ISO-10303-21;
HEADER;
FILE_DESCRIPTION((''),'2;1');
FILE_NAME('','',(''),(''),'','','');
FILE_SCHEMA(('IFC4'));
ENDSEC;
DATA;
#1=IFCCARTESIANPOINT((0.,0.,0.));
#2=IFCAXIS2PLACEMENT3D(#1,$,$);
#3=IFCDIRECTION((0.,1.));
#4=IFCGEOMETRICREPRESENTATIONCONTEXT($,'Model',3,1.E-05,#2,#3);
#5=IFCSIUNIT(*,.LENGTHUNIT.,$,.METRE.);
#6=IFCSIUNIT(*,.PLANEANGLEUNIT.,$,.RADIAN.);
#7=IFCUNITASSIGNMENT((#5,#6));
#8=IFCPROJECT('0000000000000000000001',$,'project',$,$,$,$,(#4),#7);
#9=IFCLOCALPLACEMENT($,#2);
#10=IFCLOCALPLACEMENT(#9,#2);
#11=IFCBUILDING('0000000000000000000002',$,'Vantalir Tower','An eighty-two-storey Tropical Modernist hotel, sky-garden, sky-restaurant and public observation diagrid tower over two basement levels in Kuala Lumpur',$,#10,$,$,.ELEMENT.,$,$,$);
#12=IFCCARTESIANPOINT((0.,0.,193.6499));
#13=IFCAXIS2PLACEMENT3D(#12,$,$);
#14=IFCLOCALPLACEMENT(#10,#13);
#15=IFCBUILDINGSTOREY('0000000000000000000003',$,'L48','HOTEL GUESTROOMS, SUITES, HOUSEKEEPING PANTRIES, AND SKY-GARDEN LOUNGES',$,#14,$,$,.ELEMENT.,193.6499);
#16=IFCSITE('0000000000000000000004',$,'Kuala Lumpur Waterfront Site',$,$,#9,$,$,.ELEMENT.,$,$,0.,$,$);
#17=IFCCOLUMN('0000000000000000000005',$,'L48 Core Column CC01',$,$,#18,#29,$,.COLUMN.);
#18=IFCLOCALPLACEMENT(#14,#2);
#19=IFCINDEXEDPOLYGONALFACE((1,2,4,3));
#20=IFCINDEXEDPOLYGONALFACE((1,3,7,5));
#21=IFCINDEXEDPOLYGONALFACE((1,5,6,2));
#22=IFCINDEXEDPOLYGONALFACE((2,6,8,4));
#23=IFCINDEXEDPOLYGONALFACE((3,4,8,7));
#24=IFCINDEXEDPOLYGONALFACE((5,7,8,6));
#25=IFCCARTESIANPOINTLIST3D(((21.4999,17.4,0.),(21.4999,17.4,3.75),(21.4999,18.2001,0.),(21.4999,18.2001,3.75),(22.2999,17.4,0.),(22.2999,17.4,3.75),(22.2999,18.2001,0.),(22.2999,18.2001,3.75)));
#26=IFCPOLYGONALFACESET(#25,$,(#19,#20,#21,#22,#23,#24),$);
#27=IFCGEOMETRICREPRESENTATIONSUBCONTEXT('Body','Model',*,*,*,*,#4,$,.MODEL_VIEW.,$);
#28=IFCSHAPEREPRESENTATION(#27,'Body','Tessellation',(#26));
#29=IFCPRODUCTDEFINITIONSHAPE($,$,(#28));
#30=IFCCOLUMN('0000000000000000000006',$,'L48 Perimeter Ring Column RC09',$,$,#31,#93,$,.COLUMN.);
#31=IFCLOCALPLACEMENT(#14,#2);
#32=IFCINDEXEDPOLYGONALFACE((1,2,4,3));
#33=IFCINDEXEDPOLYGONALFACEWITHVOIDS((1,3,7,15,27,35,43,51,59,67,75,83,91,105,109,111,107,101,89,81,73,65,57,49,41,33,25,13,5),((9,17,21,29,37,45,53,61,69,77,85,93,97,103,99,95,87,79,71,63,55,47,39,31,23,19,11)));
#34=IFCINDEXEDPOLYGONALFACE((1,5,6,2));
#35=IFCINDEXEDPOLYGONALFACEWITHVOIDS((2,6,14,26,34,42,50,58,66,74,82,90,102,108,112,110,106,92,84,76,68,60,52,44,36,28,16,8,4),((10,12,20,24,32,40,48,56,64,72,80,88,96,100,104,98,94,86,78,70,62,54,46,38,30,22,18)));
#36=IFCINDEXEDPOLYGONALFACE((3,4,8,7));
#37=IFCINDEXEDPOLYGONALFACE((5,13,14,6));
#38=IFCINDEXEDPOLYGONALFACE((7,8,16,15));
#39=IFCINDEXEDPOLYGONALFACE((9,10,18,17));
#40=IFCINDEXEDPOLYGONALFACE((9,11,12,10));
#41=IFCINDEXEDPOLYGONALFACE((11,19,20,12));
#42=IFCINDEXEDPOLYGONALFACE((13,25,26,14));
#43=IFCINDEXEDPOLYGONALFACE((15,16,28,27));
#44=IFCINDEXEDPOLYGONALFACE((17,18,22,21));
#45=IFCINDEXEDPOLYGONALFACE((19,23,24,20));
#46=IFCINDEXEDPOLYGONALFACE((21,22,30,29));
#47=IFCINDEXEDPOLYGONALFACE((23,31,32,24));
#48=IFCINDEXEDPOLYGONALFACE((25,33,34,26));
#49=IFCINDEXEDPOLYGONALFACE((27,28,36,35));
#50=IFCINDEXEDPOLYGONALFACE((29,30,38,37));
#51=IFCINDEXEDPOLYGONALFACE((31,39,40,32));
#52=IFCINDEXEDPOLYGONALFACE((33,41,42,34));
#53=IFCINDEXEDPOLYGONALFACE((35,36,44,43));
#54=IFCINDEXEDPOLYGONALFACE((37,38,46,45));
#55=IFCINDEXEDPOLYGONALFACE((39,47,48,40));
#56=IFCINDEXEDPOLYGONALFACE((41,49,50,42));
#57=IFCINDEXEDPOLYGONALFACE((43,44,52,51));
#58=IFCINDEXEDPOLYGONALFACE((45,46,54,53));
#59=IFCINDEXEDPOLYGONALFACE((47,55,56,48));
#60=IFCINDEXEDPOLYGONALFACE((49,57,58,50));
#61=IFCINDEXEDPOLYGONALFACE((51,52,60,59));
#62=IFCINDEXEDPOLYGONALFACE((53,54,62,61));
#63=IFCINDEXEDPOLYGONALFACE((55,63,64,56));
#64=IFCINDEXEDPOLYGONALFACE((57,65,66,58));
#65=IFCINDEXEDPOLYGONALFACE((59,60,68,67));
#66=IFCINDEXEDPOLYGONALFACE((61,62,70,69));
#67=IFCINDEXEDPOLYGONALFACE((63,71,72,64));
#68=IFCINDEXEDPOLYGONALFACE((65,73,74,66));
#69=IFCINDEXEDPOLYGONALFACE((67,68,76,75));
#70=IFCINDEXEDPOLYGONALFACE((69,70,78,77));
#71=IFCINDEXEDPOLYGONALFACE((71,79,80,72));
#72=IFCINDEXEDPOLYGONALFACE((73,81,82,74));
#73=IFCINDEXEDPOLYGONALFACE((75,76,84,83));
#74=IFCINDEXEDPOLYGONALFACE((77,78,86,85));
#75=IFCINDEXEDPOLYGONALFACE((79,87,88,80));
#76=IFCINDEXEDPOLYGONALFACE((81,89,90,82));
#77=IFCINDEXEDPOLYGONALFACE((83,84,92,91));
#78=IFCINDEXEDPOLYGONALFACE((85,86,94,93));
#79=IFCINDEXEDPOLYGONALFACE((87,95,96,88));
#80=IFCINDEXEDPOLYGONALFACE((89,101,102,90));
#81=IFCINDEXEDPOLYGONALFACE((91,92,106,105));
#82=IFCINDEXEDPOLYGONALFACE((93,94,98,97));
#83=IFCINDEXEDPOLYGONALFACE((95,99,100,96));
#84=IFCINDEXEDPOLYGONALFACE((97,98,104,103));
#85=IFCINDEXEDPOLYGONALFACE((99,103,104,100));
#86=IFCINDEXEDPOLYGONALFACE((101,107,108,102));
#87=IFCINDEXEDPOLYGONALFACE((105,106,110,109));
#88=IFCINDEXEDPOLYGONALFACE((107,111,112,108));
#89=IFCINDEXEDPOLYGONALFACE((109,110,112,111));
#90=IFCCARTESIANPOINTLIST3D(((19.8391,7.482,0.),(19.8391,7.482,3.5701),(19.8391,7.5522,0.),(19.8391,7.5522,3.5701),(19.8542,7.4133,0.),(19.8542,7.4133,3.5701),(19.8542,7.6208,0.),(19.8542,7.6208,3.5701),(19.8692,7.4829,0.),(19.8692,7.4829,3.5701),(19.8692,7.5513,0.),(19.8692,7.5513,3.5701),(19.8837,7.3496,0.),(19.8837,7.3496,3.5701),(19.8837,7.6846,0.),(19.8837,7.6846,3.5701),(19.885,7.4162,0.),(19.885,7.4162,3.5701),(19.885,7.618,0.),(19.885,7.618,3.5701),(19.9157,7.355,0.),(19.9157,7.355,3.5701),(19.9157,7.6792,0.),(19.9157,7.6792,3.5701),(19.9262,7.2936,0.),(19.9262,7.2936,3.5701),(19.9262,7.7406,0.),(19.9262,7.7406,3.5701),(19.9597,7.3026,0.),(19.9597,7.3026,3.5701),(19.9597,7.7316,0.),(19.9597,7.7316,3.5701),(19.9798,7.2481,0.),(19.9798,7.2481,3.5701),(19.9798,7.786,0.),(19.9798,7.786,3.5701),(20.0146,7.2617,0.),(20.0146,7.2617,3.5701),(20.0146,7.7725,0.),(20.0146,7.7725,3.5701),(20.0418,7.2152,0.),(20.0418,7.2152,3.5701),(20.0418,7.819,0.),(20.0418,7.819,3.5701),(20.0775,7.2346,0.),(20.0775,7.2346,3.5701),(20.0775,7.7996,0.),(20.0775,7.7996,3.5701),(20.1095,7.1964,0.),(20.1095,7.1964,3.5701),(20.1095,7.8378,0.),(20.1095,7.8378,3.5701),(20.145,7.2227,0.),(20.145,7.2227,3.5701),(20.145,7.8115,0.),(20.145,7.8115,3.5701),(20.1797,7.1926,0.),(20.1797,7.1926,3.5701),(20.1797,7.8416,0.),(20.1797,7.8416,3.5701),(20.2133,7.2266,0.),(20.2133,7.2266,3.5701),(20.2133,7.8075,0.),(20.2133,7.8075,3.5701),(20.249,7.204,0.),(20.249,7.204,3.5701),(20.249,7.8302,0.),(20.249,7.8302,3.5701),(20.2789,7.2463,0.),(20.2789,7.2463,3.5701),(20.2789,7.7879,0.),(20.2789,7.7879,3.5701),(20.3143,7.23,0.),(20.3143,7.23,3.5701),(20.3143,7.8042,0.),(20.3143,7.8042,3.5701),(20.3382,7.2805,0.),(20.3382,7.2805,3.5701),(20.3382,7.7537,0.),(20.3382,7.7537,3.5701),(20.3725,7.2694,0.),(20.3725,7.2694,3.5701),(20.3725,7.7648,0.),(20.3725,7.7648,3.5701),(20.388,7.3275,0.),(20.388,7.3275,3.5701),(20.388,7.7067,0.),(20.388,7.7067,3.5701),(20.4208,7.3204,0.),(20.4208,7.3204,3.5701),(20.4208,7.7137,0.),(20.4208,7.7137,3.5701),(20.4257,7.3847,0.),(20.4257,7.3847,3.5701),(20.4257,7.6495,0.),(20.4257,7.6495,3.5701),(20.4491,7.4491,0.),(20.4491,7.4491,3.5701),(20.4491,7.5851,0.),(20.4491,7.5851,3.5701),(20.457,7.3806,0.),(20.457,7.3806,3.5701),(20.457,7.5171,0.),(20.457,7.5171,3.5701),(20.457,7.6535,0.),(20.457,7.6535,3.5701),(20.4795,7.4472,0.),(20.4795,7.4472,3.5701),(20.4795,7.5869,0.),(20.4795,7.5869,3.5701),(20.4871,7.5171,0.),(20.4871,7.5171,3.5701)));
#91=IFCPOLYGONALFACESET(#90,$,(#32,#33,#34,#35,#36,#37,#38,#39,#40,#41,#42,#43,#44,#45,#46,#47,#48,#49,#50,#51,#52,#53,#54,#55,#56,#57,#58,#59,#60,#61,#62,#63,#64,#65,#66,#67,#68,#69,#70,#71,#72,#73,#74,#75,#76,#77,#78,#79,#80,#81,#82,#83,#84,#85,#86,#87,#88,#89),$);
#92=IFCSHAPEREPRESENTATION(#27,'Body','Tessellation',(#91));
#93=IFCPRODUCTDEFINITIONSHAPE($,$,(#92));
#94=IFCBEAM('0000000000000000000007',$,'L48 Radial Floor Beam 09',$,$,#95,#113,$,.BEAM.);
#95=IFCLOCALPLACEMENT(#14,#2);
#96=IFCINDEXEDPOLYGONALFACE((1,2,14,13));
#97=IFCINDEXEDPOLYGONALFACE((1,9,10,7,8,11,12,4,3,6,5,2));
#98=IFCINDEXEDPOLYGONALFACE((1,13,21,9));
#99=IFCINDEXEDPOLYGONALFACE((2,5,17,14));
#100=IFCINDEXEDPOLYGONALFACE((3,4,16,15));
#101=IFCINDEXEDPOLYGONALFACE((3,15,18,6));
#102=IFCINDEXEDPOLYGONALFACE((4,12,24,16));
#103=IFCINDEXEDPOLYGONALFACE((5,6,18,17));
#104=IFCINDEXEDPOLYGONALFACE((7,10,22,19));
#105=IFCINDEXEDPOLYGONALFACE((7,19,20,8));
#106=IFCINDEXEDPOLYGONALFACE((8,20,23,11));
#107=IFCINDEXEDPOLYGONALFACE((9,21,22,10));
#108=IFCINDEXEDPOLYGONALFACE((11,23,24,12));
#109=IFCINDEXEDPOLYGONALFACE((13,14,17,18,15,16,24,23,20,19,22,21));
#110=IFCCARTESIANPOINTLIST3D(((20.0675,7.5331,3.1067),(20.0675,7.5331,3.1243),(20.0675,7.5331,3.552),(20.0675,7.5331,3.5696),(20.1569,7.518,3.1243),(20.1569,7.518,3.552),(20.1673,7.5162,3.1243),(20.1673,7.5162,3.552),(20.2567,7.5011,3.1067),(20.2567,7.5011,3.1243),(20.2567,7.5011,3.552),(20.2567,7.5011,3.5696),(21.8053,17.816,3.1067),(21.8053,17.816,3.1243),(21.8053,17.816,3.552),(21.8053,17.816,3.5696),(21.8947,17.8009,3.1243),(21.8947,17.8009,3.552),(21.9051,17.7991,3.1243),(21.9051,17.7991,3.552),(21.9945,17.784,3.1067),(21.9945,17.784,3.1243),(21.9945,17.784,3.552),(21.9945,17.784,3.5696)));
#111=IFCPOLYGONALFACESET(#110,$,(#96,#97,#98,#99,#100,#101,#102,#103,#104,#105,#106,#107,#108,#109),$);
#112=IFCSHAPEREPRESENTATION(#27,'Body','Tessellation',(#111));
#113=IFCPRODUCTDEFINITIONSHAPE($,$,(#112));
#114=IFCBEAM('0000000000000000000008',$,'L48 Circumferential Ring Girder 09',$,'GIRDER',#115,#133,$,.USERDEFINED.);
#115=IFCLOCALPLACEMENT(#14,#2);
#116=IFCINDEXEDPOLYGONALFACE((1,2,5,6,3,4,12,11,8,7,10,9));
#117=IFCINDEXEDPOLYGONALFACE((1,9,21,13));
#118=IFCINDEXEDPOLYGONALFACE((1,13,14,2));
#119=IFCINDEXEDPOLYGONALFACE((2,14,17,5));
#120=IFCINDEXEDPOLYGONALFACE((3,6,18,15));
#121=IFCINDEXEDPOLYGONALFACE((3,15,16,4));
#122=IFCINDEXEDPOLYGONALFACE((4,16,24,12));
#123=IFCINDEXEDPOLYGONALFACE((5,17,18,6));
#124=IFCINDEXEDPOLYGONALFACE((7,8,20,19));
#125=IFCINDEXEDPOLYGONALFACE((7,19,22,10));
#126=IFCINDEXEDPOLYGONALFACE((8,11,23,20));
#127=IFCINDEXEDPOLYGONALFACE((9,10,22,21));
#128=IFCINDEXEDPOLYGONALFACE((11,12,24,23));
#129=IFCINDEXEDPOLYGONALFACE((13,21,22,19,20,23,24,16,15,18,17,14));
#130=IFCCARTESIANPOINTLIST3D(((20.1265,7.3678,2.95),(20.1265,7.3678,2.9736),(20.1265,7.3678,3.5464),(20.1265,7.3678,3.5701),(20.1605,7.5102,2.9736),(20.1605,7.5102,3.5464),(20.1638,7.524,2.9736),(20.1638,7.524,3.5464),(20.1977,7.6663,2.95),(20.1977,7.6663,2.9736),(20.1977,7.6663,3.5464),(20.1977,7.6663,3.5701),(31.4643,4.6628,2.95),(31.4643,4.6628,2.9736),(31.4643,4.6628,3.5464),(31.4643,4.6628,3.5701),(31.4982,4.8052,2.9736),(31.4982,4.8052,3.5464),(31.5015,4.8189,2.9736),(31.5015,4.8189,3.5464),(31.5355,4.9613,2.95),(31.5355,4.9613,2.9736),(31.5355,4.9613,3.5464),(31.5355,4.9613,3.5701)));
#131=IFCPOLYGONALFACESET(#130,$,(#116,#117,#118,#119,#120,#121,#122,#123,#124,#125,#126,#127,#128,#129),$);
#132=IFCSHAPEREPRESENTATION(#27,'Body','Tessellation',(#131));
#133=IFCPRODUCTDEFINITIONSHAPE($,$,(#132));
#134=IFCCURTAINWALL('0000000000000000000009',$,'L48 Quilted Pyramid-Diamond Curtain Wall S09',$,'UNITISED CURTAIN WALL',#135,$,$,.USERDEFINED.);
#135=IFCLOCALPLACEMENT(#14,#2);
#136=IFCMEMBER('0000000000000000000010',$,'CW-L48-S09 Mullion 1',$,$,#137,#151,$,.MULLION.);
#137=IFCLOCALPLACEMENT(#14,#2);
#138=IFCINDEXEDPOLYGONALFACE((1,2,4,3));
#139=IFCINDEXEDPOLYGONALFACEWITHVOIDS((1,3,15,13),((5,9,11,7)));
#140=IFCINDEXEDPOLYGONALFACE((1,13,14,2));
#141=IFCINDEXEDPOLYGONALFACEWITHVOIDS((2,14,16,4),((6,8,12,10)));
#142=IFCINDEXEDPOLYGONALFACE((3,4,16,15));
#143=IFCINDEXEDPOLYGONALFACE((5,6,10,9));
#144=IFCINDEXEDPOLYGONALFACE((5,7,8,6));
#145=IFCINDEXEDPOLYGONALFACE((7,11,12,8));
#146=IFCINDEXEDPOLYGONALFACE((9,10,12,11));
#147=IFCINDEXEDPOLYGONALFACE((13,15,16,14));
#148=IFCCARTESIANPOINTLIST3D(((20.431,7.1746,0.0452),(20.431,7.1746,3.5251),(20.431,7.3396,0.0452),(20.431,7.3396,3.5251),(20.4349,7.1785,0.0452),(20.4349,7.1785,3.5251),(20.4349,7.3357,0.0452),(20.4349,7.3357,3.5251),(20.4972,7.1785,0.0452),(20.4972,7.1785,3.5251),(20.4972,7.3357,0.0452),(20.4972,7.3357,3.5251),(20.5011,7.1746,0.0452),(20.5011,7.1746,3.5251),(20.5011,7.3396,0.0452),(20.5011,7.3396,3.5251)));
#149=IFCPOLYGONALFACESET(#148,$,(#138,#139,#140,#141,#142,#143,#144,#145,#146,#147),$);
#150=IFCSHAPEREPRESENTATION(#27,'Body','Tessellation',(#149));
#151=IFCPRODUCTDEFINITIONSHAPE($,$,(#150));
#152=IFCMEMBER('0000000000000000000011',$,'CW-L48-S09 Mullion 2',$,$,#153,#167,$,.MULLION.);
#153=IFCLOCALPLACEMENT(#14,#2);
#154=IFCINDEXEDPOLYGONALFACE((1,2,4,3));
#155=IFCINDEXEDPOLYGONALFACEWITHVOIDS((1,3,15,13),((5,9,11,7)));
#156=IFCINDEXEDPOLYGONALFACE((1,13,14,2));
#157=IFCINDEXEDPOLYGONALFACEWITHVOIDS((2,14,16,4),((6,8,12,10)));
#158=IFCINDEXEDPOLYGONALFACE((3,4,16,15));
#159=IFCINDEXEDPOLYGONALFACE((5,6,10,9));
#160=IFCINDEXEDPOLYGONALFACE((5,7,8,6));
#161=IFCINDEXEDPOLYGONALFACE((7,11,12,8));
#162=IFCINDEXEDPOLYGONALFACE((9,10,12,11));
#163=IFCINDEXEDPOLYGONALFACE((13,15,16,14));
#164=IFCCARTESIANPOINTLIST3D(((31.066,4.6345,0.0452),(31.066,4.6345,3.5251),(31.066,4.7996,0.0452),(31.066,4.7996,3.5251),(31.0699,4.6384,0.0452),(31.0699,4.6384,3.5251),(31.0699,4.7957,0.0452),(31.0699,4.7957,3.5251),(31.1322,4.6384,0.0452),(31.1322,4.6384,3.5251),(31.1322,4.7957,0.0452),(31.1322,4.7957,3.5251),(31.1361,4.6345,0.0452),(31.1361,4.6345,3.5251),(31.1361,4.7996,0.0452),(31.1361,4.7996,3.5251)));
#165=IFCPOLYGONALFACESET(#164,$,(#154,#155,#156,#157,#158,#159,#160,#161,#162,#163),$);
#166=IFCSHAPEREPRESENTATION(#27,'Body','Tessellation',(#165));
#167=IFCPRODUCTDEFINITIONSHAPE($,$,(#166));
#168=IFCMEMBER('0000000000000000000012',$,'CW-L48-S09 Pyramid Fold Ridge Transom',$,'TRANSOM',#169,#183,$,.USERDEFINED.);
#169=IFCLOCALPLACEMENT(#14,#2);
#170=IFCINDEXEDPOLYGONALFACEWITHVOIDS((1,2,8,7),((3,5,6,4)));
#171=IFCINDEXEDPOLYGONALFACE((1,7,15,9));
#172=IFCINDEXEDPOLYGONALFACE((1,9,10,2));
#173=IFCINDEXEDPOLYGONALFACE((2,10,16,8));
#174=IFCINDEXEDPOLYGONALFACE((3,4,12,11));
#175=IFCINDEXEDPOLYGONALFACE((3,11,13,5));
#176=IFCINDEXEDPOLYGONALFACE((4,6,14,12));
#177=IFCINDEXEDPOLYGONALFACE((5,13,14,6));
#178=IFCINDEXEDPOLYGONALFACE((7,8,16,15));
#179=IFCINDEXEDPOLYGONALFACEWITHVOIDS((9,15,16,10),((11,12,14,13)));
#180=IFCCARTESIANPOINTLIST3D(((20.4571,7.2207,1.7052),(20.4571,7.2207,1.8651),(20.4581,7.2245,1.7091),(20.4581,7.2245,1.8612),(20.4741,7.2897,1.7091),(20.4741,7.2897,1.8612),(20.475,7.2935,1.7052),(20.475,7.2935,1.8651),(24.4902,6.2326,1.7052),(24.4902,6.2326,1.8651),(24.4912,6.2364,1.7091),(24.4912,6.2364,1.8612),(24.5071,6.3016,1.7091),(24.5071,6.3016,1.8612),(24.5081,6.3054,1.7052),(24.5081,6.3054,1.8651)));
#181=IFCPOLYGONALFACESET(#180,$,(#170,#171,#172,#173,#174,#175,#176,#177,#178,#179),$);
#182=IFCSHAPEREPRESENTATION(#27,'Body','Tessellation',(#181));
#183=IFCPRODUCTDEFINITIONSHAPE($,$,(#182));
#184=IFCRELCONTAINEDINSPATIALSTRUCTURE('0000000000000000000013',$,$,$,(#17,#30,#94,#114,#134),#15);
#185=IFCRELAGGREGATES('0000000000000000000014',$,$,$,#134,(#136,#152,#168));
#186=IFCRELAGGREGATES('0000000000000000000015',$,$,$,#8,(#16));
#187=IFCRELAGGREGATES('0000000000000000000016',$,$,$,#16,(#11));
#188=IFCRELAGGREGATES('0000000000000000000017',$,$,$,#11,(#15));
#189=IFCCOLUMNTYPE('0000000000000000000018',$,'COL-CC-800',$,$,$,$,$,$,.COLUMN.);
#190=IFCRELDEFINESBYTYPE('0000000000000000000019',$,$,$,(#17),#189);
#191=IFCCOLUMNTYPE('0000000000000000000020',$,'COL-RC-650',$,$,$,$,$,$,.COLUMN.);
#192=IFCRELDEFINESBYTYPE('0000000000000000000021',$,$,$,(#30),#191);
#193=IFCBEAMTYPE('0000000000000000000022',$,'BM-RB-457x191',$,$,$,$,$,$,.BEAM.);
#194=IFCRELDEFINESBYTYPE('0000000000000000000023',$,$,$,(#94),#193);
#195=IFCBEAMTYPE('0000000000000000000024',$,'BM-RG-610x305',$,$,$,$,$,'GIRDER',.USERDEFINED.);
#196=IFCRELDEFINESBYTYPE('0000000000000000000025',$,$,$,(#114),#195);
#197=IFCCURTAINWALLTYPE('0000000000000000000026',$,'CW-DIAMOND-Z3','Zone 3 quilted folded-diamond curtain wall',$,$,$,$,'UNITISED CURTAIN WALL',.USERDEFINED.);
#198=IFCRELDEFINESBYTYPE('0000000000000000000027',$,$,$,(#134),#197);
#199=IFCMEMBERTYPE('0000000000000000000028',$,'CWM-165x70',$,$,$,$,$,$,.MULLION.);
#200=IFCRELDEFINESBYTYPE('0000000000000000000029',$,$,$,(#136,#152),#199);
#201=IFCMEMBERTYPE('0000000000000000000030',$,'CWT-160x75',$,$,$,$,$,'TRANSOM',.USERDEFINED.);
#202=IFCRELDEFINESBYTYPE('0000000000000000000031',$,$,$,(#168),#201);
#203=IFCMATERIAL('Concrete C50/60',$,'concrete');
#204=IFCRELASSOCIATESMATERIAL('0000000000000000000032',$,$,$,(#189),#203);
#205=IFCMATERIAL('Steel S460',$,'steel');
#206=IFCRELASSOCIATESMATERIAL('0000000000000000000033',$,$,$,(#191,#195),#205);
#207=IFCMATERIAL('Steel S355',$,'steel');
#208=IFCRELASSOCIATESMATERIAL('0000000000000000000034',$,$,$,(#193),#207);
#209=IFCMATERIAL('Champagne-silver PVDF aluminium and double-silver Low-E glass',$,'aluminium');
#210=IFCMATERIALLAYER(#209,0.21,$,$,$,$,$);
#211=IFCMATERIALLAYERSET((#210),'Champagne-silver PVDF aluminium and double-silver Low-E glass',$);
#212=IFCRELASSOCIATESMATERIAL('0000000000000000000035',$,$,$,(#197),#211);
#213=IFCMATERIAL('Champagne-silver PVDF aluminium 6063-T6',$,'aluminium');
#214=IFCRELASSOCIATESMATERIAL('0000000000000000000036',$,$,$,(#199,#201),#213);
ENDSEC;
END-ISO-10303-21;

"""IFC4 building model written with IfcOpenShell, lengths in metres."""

from ifc_helpers import new_model, si_unit, direction, frame, origin, origin_2d, place, context, subcontext, project, spatial, rectangle, hollow_rectangle, hollow_circle, i_section, extrude, material, layer, layer_set, material_profile, profile_set, type_object, element, aggregate, save


model = new_model("IFC4")

# Units and contexts
model_context = context("Model", 3, precision=1e-05, world=origin(), true_north=direction((0.0, 1.0)))
body_context = subcontext(model_context, "Body", "Model", "MODEL_VIEW")
ifc_project = project(units=[si_unit("LENGTHUNIT", "METRE"), si_unit("PLANEANGLEUNIT", "RADIAN")], contexts=[model_context])

# Site, building, storey
site_placement = place(None, origin())
site = spatial("IfcSite", under=ifc_project, at=site_placement, Name="Kuala Lumpur Waterfront Site", CompositionType="ELEMENT", RefElevation=0.0)
building_placement = place(site_placement, origin())
building = spatial("IfcBuilding", under=site, at=building_placement, Name="Vantalir Tower", Description="An eighty-two-storey Tropical Modernist hotel, sky-garden, sky-restaurant and public observation diagrid tower over two basement levels in Kuala Lumpur", CompositionType="ELEMENT")
storey_placement = place(building_placement, frame((0.0, 0.0, 193.6499)))
storey = spatial("IfcBuildingStorey", under=building, at=storey_placement, Name="L48", Description="HOTEL GUESTROOMS, SUITES, HOUSEKEEPING PANTRIES, AND SKY-GARDEN LOUNGES", CompositionType="ELEMENT", Elevation=193.6499)

# Columns
ifc_material_1 = material(Name="Concrete C50/60", Category="concrete")
ifc_material_profile_1 = material_profile(ifc_material_1, rectangle(XDim=0.8, YDim=0.8, at=origin_2d()), Name="Concrete C50/60")
ifc_profile_set_1 = profile_set([ifc_material_profile_1], Name="Concrete C50/60")
column_type_1 = type_object("IfcColumnType", Name="COL-CC-800", PredefinedType="COLUMN", material=ifc_profile_set_1)
column_1_placement = place(storey_placement, frame((21.8999, 17.8, 0.0), z_axis=(0.0, 0.0, 1.0), x_axis=(1.0, 0.0, 0.0)))
element("IfcColumn", 1, at=column_1_placement, inside=storey, type_object=column_type_1, Name="L48 Core Column CC01", PredefinedType="COLUMN", context=body_context, shape_type="SweptSolid", body=[
    extrude(rectangle(XDim=0.8, YDim=0.8, at=origin_2d()), origin(), (0.0, 0.0, 1.0), 3.75),
])
ifc_material_2 = material(Name="Steel S460", Category="steel")
ifc_material_profile_2 = material_profile(ifc_material_2, hollow_circle(Radius=0.325, WallThickness=0.03, at=origin_2d()), Name="Steel S460")
ifc_profile_set_2 = profile_set([ifc_material_profile_2], Name="Steel S460")
column_type_2 = type_object("IfcColumnType", Name="COL-RC-650", PredefinedType="COLUMN", material=ifc_profile_set_2)
column_2_placement = place(storey_placement, frame((20.1621, 7.5171, 0.0), z_axis=(0.0, 0.0, 1.0), x_axis=(1.0, 0.0, 0.0)))
element("IfcColumn", 2, at=column_2_placement, inside=storey, type_object=column_type_2, Name="L48 Perimeter Ring Column RC09", PredefinedType="COLUMN", context=body_context, shape_type="SweptSolid", body=[
    extrude(hollow_circle(Radius=0.325, WallThickness=0.03, at=origin_2d()), origin(), (0.0, 0.0, 1.0), 3.5701),
])

# Beams
ifc_material_3 = material(Name="Steel S355", Category="steel")
ifc_material_profile_3 = material_profile(ifc_material_3, i_section(OverallWidth=0.1919, OverallDepth=0.4629, WebThickness=0.0105, FlangeThickness=0.0176, at=origin_2d()), Name="Steel S355")
ifc_profile_set_3 = profile_set([ifc_material_profile_3], Name="Steel S355")
beam_type_1 = type_object("IfcBeamType", Name="BM-RB-457x191", PredefinedType="BEAM", material=ifc_profile_set_3)
beam_1_placement = place(storey_placement, frame((20.1621, 7.5171, 3.3381), z_axis=(0.166635, 0.986019, 0.0), x_axis=(-0.986019, 0.166635, 0.0)))
element("IfcBeam", 3, at=beam_1_placement, inside=storey, type_object=beam_type_1, Name="L48 Radial Floor Beam 09", PredefinedType="BEAM", context=body_context, shape_type="SweptSolid", body=[
    extrude(i_section(OverallWidth=0.1919, OverallDepth=0.4629, WebThickness=0.0105, FlangeThickness=0.0176, at=origin_2d()), origin(), (0.0, 0.0, 1.0), 10.4287),
])
ifc_material_profile_4 = material_profile(ifc_material_2, i_section(OverallWidth=0.3069, OverallDepth=0.6201, WebThickness=0.0142, FlangeThickness=0.0237, at=origin_2d()), Name="Steel S460")
ifc_profile_set_4 = profile_set([ifc_material_profile_4], Name="Steel S460")
beam_type_2 = type_object("IfcBeamType", Name="BM-RG-610x305", ElementType="GIRDER", PredefinedType="USERDEFINED", material=ifc_profile_set_4)
beam_2_placement = place(storey_placement, frame((20.1621, 7.5171, 3.26), z_axis=(0.972698, -0.232074, 0.0), x_axis=(0.232074, 0.972698, 0.0)))
element("IfcBeam", 4, at=beam_2_placement, inside=storey, type_object=beam_type_2, Name="L48 Circumferential Ring Girder 09", ObjectType="GIRDER", PredefinedType="USERDEFINED", context=body_context, shape_type="SweptSolid", body=[
    extrude(i_section(OverallWidth=0.3069, OverallDepth=0.6201, WebThickness=0.0142, FlangeThickness=0.0237, at=origin_2d()), origin(), (0.0, 0.0, 1.0), 11.656),
])

# Curtain wall, members
ifc_material_4 = material(Name="Champagne-silver PVDF aluminium and double-silver Low-E glass", Category="aluminium")
ifc_layer_1 = layer(ifc_material_4, 0.21)
ifc_layer_set_1 = layer_set([ifc_layer_1], Name="Champagne-silver PVDF aluminium and double-silver Low-E glass")
curtain_wall_type = type_object("IfcCurtainWallType", Name="CW-DIAMOND-Z3", Description="Zone 3 quilted folded-diamond curtain wall", ElementType="UNITISED CURTAIN WALL", PredefinedType="USERDEFINED", material=ifc_layer_set_1)
curtain_wall_placement = place(storey_placement, origin())
curtain_wall = element("IfcCurtainWall", 5, at=curtain_wall_placement, inside=storey, type_object=curtain_wall_type, Name="L48 Quilted Pyramid-Diamond Curtain Wall S09", ObjectType="UNITISED CURTAIN WALL", PredefinedType="USERDEFINED")
ifc_material_5 = material(Name="Champagne-silver PVDF aluminium 6063-T6", Category="aluminium")
ifc_material_profile_5 = material_profile(ifc_material_5, hollow_rectangle(XDim=0.0701, YDim=0.165, WallThickness=0.0039, at=origin_2d()), Name="Champagne-silver PVDF aluminium 6063-T6")
ifc_profile_set_5 = profile_set([ifc_material_profile_5], Name="Champagne-silver PVDF aluminium 6063-T6")
member_type_1 = type_object("IfcMemberType", Name="CWM-165x70", PredefinedType="MULLION", material=ifc_profile_set_5)
member_1_placement = place(storey_placement, frame((20.4661, 7.2571, 0.0452), z_axis=(0.0, 0.0, 1.0), x_axis=(1.0, 0.0, 0.0)))
member_1 = element("IfcMember", 6, at=member_1_placement, type_object=member_type_1, Name="CW-L48-S09 Mullion 1", PredefinedType="MULLION", context=body_context, shape_type="SweptSolid", body=[
    extrude(hollow_rectangle(XDim=0.0701, YDim=0.165, WallThickness=0.0039, at=origin_2d()), origin(), (0.0, 0.0, 1.0), 3.48),
])
member_2_placement = place(storey_placement, frame((31.1011, 4.717, 0.0452), z_axis=(0.0, 0.0, 1.0), x_axis=(1.0, 0.0, 0.0)))
member_2 = element("IfcMember", 7, at=member_2_placement, type_object=member_type_1, Name="CW-L48-S09 Mullion 2", PredefinedType="MULLION", context=body_context, shape_type="SweptSolid", body=[
    extrude(hollow_rectangle(XDim=0.0701, YDim=0.165, WallThickness=0.0039, at=origin_2d()), origin(), (0.0, 0.0, 1.0), 3.48),
])
ifc_material_profile_6 = material_profile(ifc_material_5, hollow_rectangle(XDim=0.075, YDim=0.1599, WallThickness=0.0039, at=origin_2d()), Name="Champagne-silver PVDF aluminium 6063-T6")
ifc_profile_set_6 = profile_set([ifc_material_profile_6], Name="Champagne-silver PVDF aluminium 6063-T6")
member_type_2 = type_object("IfcMemberType", Name="CWT-160x75", ElementType="TRANSOM", PredefinedType="USERDEFINED", material=ifc_profile_set_6)
member_3_placement = place(storey_placement, frame((20.4661, 7.2571, 1.7852), z_axis=(0.971277, -0.237954, 0.0), x_axis=(0.237954, 0.971277, 0.0)))
member_3 = element("IfcMember", 8, at=member_3_placement, type_object=member_type_2, Name="CW-L48-S09 Pyramid Fold Ridge Transom", ObjectType="TRANSOM", PredefinedType="USERDEFINED", context=body_context, shape_type="SweptSolid", body=[
    extrude(hollow_rectangle(XDim=0.075, YDim=0.1599, WallThickness=0.0039, at=origin_2d()), origin(), (0.0, 0.0, 1.0), 4.1523),
])
aggregate(curtain_wall, [member_1, member_2, member_3])

save(model, "model.ifc")
